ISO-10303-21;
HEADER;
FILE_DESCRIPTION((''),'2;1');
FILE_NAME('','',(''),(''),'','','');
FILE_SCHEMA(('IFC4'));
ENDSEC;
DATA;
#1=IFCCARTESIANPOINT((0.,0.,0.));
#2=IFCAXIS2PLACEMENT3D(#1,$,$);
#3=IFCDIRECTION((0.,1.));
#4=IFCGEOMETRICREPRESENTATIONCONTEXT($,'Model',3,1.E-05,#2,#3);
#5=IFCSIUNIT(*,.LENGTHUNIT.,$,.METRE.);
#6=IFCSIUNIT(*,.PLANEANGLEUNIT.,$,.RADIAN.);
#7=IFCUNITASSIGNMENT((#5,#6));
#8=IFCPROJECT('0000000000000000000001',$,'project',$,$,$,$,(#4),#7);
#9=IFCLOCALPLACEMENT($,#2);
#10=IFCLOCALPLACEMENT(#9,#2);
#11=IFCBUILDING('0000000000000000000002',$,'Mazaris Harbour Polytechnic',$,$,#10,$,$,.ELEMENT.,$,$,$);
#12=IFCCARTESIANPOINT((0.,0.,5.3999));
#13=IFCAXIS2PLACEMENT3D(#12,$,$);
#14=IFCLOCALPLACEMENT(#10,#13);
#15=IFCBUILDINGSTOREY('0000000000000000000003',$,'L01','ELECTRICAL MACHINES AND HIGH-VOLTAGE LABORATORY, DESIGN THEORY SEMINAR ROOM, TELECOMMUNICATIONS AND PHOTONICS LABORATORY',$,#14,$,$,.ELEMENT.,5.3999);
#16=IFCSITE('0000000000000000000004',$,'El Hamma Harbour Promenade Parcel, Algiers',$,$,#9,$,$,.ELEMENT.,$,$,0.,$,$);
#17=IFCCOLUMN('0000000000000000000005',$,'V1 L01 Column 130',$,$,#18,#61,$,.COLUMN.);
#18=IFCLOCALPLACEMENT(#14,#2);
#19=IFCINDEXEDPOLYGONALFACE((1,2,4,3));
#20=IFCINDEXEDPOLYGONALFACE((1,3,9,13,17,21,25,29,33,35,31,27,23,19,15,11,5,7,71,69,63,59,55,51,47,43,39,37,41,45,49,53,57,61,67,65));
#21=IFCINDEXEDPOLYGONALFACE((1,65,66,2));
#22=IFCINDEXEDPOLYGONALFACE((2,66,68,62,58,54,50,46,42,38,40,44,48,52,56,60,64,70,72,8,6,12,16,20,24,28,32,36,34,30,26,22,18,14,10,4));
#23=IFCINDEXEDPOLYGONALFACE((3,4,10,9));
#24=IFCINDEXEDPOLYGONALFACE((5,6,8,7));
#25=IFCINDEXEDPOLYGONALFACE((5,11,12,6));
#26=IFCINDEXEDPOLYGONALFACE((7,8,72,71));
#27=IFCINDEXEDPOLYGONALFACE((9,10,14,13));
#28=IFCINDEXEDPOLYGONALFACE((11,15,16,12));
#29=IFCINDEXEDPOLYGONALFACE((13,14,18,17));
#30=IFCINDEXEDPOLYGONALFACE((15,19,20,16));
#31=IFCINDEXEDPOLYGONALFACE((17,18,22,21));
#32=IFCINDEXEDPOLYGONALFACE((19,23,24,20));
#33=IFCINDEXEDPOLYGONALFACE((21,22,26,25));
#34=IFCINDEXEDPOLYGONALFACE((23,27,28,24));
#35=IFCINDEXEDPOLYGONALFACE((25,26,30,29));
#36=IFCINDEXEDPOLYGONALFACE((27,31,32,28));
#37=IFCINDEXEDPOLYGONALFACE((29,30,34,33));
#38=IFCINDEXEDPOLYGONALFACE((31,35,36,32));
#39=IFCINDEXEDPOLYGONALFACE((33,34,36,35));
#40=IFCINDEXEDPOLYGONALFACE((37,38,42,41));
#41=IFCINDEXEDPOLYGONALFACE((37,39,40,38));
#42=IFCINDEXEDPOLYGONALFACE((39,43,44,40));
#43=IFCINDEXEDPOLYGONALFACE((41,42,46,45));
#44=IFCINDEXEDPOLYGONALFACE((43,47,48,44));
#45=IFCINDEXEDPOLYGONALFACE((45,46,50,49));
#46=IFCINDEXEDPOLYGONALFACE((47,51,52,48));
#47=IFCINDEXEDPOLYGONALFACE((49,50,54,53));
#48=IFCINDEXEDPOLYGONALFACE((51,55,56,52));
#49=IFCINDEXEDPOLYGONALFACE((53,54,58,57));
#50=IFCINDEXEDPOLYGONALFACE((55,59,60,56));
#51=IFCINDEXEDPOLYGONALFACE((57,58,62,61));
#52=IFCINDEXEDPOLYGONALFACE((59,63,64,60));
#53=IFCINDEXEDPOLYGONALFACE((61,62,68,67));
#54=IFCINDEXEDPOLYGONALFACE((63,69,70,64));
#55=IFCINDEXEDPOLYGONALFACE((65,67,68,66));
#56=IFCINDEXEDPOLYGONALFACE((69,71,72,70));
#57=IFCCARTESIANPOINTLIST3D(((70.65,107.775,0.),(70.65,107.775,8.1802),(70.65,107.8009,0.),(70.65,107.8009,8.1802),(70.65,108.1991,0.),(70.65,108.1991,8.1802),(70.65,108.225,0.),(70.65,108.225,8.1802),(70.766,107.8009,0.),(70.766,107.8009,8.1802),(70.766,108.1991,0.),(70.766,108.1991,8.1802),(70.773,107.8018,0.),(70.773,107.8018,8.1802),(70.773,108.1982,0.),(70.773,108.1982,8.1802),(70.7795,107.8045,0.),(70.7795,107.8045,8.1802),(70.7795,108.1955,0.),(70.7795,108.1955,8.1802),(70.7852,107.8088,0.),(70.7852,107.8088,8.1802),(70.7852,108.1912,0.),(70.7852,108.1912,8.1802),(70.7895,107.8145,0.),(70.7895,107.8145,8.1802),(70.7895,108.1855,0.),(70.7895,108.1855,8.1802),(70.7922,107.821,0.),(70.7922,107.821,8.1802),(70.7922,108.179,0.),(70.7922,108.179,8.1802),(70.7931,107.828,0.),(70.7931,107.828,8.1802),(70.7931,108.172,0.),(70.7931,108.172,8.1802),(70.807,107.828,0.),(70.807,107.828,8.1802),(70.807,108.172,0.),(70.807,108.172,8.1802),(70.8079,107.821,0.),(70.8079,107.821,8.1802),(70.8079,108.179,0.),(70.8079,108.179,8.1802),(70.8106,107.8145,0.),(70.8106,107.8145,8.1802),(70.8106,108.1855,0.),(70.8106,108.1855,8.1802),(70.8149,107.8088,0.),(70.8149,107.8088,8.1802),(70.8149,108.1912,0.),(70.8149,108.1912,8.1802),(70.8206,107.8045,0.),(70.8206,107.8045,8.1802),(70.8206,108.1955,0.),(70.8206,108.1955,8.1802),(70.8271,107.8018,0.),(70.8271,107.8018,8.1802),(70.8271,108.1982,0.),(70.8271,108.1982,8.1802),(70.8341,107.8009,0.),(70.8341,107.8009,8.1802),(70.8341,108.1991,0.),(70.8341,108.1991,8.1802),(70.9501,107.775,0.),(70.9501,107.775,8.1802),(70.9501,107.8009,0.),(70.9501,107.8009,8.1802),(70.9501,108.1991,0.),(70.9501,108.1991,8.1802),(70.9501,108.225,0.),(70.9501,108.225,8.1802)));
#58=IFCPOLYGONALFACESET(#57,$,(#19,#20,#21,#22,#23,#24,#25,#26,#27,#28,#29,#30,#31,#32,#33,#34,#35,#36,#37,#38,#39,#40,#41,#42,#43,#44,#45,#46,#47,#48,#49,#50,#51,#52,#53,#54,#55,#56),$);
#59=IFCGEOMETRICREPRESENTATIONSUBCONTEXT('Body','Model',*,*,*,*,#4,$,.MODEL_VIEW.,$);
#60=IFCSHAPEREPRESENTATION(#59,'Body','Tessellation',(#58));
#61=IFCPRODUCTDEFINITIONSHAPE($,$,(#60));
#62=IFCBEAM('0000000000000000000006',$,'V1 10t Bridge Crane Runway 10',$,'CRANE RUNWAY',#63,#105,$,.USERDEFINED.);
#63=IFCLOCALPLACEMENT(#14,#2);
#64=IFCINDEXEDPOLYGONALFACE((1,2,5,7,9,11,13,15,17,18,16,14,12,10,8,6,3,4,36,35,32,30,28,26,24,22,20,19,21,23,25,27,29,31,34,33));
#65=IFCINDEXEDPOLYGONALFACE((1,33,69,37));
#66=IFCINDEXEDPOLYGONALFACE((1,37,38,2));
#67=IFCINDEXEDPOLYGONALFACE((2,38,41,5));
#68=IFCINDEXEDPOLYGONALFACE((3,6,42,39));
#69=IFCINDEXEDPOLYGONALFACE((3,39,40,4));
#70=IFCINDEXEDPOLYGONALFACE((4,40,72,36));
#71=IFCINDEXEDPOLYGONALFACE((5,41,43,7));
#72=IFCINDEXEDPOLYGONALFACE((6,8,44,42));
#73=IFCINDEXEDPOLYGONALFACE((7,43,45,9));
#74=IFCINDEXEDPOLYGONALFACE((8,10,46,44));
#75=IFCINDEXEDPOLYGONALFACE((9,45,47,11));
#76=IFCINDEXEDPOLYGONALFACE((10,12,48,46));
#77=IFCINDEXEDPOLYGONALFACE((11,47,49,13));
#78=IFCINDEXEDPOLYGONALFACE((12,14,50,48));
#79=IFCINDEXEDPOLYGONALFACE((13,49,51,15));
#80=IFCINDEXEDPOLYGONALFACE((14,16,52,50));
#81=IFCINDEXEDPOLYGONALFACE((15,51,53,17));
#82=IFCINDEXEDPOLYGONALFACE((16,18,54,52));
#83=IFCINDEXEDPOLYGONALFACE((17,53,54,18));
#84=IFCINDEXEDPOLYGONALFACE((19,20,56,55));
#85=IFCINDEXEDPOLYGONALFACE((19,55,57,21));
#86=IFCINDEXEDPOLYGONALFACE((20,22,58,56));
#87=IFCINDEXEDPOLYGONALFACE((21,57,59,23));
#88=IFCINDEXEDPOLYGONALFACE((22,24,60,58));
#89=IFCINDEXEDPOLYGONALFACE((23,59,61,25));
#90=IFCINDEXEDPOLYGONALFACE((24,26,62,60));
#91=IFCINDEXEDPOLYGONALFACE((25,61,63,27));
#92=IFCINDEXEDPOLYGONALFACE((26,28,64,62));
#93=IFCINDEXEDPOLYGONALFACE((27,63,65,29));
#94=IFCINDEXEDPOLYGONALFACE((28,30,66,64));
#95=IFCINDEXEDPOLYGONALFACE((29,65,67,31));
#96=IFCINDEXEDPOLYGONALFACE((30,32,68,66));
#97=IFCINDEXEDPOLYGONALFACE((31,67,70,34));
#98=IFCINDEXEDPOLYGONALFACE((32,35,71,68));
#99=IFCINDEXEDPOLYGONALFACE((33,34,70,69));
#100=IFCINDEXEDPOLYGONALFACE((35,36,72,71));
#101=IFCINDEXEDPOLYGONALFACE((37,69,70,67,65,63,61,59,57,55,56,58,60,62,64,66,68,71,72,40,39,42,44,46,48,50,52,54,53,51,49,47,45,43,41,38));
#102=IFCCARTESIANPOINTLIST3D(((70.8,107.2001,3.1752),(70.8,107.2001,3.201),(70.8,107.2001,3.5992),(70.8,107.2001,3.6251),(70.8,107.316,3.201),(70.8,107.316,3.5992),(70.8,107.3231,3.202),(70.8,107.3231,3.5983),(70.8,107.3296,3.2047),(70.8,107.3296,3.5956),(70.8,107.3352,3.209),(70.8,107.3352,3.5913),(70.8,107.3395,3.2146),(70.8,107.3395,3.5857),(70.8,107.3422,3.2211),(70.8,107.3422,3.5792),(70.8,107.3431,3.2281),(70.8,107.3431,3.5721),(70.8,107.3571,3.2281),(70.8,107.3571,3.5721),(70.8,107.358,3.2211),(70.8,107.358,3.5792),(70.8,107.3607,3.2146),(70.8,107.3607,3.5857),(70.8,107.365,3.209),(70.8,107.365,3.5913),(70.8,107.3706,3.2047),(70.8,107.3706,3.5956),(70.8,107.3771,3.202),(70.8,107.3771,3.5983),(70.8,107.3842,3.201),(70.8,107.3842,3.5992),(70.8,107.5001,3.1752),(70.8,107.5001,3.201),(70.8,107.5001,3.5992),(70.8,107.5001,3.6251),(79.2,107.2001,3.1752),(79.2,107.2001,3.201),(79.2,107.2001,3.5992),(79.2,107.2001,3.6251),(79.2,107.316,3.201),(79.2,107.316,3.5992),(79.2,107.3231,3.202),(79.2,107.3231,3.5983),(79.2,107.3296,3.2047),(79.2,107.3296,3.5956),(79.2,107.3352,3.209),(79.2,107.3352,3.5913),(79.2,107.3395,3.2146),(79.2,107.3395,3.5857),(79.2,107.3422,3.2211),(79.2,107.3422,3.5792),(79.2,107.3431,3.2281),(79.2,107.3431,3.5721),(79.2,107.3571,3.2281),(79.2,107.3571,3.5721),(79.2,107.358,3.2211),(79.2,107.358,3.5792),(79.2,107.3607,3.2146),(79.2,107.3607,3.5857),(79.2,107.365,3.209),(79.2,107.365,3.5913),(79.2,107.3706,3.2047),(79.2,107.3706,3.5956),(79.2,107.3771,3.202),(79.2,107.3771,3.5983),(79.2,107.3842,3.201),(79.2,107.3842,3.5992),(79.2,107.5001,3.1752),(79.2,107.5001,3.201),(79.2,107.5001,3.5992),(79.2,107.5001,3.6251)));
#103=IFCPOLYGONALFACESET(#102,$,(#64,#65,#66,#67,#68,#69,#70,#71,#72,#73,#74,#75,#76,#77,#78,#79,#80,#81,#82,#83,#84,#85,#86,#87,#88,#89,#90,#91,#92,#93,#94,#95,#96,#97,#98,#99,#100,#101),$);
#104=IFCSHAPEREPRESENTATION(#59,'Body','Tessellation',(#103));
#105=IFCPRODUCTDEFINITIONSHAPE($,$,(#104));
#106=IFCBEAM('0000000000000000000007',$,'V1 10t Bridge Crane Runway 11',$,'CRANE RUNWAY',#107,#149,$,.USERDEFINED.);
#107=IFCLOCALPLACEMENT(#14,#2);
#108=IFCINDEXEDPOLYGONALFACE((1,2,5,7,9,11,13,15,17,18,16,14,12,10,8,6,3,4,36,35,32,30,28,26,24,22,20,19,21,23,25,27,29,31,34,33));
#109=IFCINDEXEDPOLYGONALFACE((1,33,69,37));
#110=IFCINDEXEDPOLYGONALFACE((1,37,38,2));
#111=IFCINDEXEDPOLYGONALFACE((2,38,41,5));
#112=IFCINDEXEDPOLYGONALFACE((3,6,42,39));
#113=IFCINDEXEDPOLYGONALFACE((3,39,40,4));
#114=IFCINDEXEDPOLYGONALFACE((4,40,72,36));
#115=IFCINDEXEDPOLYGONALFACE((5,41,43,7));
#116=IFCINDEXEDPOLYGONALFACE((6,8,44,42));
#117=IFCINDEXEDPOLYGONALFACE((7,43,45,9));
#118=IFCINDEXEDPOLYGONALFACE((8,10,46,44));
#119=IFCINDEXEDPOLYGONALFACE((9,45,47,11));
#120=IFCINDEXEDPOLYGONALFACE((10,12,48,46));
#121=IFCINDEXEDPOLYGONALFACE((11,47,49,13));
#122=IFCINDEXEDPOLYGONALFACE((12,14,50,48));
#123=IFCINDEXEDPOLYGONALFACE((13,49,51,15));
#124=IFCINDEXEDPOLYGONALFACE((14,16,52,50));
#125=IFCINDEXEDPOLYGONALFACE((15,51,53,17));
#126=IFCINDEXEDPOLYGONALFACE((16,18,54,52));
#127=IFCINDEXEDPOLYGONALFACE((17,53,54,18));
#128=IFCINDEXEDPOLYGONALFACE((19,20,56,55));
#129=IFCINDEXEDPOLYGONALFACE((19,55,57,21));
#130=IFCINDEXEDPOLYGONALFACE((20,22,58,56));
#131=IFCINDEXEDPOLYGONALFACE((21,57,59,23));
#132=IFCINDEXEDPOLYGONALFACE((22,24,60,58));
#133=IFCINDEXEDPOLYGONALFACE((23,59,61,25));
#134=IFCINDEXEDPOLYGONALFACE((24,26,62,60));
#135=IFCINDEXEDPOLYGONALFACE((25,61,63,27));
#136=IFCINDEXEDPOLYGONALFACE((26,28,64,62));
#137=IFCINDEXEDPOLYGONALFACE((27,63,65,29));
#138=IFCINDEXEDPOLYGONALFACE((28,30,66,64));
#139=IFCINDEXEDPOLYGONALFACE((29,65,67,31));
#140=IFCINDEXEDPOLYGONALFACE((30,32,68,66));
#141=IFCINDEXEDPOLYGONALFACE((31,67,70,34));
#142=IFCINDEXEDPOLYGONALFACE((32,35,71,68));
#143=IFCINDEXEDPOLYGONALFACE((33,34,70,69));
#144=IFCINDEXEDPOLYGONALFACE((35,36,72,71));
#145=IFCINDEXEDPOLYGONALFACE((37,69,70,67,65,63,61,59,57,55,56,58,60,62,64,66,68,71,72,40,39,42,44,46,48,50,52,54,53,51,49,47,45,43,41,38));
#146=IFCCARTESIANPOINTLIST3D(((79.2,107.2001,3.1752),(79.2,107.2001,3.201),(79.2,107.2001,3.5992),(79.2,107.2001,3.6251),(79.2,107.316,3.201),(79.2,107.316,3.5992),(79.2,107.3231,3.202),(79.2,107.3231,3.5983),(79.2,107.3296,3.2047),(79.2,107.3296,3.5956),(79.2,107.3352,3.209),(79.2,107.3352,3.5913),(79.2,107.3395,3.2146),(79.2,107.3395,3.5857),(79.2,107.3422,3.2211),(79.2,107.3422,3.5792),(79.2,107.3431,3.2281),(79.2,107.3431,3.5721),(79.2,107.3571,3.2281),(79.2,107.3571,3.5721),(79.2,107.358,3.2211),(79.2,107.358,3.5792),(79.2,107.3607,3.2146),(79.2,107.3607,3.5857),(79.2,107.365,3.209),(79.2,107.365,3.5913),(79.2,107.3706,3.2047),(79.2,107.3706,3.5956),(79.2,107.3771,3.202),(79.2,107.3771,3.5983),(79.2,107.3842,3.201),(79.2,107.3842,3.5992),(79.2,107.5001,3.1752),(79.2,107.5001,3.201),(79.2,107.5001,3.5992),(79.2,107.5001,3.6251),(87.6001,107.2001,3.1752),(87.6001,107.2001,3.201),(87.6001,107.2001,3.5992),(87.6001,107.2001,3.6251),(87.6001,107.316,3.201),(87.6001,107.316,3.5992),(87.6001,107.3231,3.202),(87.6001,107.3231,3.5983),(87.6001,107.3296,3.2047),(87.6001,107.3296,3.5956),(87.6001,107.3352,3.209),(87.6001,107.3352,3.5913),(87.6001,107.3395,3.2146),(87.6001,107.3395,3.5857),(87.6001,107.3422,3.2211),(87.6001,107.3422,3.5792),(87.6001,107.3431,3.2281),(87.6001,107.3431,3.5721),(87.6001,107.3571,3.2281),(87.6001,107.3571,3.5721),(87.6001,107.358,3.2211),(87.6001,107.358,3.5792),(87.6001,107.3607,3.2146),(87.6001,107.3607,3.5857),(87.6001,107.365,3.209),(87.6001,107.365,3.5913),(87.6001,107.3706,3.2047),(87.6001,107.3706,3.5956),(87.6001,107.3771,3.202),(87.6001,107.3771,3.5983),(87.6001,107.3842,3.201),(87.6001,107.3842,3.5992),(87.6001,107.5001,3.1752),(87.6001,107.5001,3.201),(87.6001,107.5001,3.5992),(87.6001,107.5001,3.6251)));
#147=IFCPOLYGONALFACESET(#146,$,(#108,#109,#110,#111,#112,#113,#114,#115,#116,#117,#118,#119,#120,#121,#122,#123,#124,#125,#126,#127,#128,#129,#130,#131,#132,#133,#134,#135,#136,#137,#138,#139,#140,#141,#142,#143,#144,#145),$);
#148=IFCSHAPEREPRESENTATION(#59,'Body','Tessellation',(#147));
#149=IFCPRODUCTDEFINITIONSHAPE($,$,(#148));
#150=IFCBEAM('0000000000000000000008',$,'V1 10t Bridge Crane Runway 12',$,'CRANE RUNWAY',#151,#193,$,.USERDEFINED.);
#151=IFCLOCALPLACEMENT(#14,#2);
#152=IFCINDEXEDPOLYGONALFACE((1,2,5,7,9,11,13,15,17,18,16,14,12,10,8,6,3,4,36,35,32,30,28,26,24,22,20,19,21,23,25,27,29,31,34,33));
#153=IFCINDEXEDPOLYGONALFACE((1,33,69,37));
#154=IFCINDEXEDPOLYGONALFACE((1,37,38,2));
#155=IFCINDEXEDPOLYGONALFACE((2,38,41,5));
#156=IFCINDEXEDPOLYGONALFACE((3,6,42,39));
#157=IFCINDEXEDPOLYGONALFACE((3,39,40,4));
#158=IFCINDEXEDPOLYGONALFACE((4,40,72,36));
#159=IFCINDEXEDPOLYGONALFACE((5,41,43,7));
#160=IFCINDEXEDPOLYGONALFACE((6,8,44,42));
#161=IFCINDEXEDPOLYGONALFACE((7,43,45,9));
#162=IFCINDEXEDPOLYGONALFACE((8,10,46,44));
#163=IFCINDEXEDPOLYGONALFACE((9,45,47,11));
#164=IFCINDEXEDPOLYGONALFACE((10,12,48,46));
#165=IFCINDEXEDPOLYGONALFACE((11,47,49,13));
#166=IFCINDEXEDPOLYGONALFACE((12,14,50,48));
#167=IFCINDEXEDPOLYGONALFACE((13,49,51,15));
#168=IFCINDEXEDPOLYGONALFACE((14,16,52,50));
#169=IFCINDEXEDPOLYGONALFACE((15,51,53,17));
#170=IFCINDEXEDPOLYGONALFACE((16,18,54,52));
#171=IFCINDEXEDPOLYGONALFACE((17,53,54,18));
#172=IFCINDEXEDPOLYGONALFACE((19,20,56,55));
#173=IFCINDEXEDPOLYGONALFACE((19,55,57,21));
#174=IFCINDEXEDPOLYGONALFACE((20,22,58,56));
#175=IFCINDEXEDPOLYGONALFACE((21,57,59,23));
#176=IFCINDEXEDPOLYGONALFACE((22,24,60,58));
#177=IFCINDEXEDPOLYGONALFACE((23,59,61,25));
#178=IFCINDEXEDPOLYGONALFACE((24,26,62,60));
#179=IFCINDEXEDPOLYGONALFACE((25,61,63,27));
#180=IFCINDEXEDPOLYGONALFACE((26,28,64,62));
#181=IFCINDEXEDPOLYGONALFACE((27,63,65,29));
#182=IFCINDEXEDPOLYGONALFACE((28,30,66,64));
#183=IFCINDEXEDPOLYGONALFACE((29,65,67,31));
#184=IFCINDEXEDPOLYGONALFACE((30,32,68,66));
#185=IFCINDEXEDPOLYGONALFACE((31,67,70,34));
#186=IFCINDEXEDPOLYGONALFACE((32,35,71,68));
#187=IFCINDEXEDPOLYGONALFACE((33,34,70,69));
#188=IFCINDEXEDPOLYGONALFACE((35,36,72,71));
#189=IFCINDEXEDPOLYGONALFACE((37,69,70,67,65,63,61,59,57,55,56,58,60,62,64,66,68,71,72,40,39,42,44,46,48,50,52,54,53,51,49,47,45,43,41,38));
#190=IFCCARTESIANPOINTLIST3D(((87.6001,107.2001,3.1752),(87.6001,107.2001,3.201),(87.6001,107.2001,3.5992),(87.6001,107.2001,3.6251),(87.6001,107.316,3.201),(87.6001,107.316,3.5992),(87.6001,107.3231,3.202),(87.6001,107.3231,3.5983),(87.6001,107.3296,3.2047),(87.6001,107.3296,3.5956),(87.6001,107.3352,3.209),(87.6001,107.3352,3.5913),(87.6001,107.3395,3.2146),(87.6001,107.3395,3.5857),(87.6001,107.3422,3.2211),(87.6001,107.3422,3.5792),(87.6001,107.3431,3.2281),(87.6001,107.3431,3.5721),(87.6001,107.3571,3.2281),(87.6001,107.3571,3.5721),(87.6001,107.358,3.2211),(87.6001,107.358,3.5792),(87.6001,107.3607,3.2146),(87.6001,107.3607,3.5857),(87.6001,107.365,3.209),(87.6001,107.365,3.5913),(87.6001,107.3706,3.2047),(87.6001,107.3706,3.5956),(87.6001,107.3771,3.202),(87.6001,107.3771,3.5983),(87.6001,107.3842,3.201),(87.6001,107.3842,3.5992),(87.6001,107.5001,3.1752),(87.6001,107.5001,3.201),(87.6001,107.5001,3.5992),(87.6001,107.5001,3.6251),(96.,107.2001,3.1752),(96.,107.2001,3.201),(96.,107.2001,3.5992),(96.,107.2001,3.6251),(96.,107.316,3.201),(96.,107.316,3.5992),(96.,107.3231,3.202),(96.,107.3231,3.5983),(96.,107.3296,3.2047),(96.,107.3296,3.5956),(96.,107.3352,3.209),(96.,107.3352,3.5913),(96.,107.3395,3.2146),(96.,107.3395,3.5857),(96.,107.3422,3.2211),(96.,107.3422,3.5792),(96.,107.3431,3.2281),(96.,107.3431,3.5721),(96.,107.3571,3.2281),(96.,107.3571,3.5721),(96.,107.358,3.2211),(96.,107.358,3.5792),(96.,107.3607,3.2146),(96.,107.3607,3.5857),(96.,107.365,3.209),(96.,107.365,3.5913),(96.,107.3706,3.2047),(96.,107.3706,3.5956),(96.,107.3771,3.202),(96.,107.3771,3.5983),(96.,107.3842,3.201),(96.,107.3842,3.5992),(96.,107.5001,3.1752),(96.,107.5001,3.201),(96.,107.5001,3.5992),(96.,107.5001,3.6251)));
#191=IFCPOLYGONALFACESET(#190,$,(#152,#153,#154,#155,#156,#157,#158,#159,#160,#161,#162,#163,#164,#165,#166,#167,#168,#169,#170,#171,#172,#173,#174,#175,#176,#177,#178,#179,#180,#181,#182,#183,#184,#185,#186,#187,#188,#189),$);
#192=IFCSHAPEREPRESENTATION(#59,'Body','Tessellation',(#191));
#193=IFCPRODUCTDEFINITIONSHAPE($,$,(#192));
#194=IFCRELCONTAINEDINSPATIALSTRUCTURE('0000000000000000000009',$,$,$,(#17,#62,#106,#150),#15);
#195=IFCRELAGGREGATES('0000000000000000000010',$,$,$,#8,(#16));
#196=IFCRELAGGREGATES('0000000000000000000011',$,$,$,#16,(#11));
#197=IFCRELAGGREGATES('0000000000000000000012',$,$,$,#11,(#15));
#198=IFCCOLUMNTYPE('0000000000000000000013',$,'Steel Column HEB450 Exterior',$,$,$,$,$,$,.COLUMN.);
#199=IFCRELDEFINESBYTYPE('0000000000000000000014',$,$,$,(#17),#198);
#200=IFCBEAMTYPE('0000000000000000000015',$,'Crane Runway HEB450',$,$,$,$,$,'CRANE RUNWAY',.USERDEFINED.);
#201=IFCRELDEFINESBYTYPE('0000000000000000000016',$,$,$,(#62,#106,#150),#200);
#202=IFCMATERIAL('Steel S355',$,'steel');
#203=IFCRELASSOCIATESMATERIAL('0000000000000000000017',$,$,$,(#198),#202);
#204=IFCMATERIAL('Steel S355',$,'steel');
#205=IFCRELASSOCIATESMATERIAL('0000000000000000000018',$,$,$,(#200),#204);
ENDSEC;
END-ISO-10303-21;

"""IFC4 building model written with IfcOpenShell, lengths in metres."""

from ifc_helpers import new_model, si_unit, direction, frame, origin, origin_2d, place, context, subcontext, project, spatial, i_section, extrude, material, material_profile, profile_set, type_object, element, save


model = new_model("IFC4")

# Units and contexts
model_context = context("Model", 3, precision=1e-05, world=origin(), true_north=direction((0.0, 1.0)))
body_context = subcontext(model_context, "Body", "Model", "MODEL_VIEW")
ifc_project = project(units=[si_unit("LENGTHUNIT", "METRE"), si_unit("PLANEANGLEUNIT", "RADIAN")], contexts=[model_context])

# Site, building, storey
site_placement = place(None, origin())
site = spatial("IfcSite", under=ifc_project, at=site_placement, Name="El Hamma Harbour Promenade Parcel, Algiers", CompositionType="ELEMENT", RefElevation=0.0)
building_placement = place(site_placement, origin())
building = spatial("IfcBuilding", under=site, at=building_placement, Name="Mazaris Harbour Polytechnic", CompositionType="ELEMENT")
storey_placement = place(building_placement, frame((0.0, 0.0, 5.3999)))
storey = spatial("IfcBuildingStorey", under=building, at=storey_placement, Name="L01", Description="ELECTRICAL MACHINES AND HIGH-VOLTAGE LABORATORY, DESIGN THEORY SEMINAR ROOM, TELECOMMUNICATIONS AND PHOTONICS LABORATORY", CompositionType="ELEMENT", Elevation=5.3999)

# Column
ifc_material_1 = material(Name="Steel S355", Category="steel")
ifc_material_profile_1 = material_profile(ifc_material_1, i_section(OverallWidth=0.3, OverallDepth=0.45, WebThickness=0.0139, FlangeThickness=0.0259, FilletRadius=0.0271, at=origin_2d()), Name="HEB 450")
ifc_profile_set_1 = profile_set([ifc_material_profile_1], Name="Steel S355")
column_type_1 = type_object("IfcColumnType", Name="Steel Column HEB450 Exterior", PredefinedType="COLUMN", material=ifc_profile_set_1)
column_1_placement = place(storey_placement, frame((70.8, 108.0, 0.0), z_axis=(0.0, 0.0, 1.0), x_axis=(1.0, 0.0, 0.0)))
element("IfcColumn", 1, at=column_1_placement, inside=storey, type_object=column_type_1, Name="V1 L01 Column 130", PredefinedType="COLUMN", context=body_context, shape_type="SweptSolid", body=[
    extrude(i_section(OverallWidth=0.3, OverallDepth=0.45, WebThickness=0.0139, FlangeThickness=0.0259, FilletRadius=0.0271, at=origin_2d()), origin(), (0.0, 0.0, 1.0), 8.1802),
])

# Beams
ifc_material_2 = material(Name="Steel S355", Category="steel")
ifc_material_profile_2 = material_profile(ifc_material_2, i_section(OverallWidth=0.3, OverallDepth=0.45, WebThickness=0.0139, FlangeThickness=0.0259, FilletRadius=0.0271, at=origin_2d()), Name="HEB 450")
ifc_profile_set_2 = profile_set([ifc_material_profile_2], Name="Steel S355")
beam_type_1 = type_object("IfcBeamType", Name="Crane Runway HEB450", ElementType="CRANE RUNWAY", PredefinedType="USERDEFINED", material=ifc_profile_set_2)
beam_1_placement = place(storey_placement, frame((70.8, 107.3501, 3.4001), z_axis=(1.0, 0.0, 0.0), x_axis=(0.0, 1.0, 0.0)))
element("IfcBeam", 2, at=beam_1_placement, inside=storey, type_object=beam_type_1, Name="V1 10t Bridge Crane Runway 10", ObjectType="CRANE RUNWAY", PredefinedType="USERDEFINED", context=body_context, shape_type="SweptSolid", body=[
    extrude(i_section(OverallWidth=0.3, OverallDepth=0.45, WebThickness=0.0139, FlangeThickness=0.0259, FilletRadius=0.0271, at=origin_2d()), origin(), (0.0, 0.0, 1.0), 8.3999),
])
beam_2_placement = place(storey_placement, frame((79.2, 107.3501, 3.4001), z_axis=(1.0, 0.0, 0.0), x_axis=(0.0, 1.0, 0.0)))
element("IfcBeam", 3, at=beam_2_placement, inside=storey, type_object=beam_type_1, Name="V1 10t Bridge Crane Runway 11", ObjectType="CRANE RUNWAY", PredefinedType="USERDEFINED", context=body_context, shape_type="SweptSolid", body=[
    extrude(i_section(OverallWidth=0.3, OverallDepth=0.45, WebThickness=0.0139, FlangeThickness=0.0259, FilletRadius=0.0271, at=origin_2d()), origin(), (0.0, 0.0, 1.0), 8.4001),
])
beam_3_placement = place(storey_placement, frame((87.6001, 107.3501, 3.4001), z_axis=(1.0, 0.0, 0.0), x_axis=(0.0, 1.0, 0.0)))
element("IfcBeam", 4, at=beam_3_placement, inside=storey, type_object=beam_type_1, Name="V1 10t Bridge Crane Runway 12", ObjectType="CRANE RUNWAY", PredefinedType="USERDEFINED", context=body_context, shape_type="SweptSolid", body=[
    extrude(i_section(OverallWidth=0.3, OverallDepth=0.45, WebThickness=0.0139, FlangeThickness=0.0259, FilletRadius=0.0271, at=origin_2d()), origin(), (0.0, 0.0, 1.0), 8.3999),
])

save(model, "model.ifc")
